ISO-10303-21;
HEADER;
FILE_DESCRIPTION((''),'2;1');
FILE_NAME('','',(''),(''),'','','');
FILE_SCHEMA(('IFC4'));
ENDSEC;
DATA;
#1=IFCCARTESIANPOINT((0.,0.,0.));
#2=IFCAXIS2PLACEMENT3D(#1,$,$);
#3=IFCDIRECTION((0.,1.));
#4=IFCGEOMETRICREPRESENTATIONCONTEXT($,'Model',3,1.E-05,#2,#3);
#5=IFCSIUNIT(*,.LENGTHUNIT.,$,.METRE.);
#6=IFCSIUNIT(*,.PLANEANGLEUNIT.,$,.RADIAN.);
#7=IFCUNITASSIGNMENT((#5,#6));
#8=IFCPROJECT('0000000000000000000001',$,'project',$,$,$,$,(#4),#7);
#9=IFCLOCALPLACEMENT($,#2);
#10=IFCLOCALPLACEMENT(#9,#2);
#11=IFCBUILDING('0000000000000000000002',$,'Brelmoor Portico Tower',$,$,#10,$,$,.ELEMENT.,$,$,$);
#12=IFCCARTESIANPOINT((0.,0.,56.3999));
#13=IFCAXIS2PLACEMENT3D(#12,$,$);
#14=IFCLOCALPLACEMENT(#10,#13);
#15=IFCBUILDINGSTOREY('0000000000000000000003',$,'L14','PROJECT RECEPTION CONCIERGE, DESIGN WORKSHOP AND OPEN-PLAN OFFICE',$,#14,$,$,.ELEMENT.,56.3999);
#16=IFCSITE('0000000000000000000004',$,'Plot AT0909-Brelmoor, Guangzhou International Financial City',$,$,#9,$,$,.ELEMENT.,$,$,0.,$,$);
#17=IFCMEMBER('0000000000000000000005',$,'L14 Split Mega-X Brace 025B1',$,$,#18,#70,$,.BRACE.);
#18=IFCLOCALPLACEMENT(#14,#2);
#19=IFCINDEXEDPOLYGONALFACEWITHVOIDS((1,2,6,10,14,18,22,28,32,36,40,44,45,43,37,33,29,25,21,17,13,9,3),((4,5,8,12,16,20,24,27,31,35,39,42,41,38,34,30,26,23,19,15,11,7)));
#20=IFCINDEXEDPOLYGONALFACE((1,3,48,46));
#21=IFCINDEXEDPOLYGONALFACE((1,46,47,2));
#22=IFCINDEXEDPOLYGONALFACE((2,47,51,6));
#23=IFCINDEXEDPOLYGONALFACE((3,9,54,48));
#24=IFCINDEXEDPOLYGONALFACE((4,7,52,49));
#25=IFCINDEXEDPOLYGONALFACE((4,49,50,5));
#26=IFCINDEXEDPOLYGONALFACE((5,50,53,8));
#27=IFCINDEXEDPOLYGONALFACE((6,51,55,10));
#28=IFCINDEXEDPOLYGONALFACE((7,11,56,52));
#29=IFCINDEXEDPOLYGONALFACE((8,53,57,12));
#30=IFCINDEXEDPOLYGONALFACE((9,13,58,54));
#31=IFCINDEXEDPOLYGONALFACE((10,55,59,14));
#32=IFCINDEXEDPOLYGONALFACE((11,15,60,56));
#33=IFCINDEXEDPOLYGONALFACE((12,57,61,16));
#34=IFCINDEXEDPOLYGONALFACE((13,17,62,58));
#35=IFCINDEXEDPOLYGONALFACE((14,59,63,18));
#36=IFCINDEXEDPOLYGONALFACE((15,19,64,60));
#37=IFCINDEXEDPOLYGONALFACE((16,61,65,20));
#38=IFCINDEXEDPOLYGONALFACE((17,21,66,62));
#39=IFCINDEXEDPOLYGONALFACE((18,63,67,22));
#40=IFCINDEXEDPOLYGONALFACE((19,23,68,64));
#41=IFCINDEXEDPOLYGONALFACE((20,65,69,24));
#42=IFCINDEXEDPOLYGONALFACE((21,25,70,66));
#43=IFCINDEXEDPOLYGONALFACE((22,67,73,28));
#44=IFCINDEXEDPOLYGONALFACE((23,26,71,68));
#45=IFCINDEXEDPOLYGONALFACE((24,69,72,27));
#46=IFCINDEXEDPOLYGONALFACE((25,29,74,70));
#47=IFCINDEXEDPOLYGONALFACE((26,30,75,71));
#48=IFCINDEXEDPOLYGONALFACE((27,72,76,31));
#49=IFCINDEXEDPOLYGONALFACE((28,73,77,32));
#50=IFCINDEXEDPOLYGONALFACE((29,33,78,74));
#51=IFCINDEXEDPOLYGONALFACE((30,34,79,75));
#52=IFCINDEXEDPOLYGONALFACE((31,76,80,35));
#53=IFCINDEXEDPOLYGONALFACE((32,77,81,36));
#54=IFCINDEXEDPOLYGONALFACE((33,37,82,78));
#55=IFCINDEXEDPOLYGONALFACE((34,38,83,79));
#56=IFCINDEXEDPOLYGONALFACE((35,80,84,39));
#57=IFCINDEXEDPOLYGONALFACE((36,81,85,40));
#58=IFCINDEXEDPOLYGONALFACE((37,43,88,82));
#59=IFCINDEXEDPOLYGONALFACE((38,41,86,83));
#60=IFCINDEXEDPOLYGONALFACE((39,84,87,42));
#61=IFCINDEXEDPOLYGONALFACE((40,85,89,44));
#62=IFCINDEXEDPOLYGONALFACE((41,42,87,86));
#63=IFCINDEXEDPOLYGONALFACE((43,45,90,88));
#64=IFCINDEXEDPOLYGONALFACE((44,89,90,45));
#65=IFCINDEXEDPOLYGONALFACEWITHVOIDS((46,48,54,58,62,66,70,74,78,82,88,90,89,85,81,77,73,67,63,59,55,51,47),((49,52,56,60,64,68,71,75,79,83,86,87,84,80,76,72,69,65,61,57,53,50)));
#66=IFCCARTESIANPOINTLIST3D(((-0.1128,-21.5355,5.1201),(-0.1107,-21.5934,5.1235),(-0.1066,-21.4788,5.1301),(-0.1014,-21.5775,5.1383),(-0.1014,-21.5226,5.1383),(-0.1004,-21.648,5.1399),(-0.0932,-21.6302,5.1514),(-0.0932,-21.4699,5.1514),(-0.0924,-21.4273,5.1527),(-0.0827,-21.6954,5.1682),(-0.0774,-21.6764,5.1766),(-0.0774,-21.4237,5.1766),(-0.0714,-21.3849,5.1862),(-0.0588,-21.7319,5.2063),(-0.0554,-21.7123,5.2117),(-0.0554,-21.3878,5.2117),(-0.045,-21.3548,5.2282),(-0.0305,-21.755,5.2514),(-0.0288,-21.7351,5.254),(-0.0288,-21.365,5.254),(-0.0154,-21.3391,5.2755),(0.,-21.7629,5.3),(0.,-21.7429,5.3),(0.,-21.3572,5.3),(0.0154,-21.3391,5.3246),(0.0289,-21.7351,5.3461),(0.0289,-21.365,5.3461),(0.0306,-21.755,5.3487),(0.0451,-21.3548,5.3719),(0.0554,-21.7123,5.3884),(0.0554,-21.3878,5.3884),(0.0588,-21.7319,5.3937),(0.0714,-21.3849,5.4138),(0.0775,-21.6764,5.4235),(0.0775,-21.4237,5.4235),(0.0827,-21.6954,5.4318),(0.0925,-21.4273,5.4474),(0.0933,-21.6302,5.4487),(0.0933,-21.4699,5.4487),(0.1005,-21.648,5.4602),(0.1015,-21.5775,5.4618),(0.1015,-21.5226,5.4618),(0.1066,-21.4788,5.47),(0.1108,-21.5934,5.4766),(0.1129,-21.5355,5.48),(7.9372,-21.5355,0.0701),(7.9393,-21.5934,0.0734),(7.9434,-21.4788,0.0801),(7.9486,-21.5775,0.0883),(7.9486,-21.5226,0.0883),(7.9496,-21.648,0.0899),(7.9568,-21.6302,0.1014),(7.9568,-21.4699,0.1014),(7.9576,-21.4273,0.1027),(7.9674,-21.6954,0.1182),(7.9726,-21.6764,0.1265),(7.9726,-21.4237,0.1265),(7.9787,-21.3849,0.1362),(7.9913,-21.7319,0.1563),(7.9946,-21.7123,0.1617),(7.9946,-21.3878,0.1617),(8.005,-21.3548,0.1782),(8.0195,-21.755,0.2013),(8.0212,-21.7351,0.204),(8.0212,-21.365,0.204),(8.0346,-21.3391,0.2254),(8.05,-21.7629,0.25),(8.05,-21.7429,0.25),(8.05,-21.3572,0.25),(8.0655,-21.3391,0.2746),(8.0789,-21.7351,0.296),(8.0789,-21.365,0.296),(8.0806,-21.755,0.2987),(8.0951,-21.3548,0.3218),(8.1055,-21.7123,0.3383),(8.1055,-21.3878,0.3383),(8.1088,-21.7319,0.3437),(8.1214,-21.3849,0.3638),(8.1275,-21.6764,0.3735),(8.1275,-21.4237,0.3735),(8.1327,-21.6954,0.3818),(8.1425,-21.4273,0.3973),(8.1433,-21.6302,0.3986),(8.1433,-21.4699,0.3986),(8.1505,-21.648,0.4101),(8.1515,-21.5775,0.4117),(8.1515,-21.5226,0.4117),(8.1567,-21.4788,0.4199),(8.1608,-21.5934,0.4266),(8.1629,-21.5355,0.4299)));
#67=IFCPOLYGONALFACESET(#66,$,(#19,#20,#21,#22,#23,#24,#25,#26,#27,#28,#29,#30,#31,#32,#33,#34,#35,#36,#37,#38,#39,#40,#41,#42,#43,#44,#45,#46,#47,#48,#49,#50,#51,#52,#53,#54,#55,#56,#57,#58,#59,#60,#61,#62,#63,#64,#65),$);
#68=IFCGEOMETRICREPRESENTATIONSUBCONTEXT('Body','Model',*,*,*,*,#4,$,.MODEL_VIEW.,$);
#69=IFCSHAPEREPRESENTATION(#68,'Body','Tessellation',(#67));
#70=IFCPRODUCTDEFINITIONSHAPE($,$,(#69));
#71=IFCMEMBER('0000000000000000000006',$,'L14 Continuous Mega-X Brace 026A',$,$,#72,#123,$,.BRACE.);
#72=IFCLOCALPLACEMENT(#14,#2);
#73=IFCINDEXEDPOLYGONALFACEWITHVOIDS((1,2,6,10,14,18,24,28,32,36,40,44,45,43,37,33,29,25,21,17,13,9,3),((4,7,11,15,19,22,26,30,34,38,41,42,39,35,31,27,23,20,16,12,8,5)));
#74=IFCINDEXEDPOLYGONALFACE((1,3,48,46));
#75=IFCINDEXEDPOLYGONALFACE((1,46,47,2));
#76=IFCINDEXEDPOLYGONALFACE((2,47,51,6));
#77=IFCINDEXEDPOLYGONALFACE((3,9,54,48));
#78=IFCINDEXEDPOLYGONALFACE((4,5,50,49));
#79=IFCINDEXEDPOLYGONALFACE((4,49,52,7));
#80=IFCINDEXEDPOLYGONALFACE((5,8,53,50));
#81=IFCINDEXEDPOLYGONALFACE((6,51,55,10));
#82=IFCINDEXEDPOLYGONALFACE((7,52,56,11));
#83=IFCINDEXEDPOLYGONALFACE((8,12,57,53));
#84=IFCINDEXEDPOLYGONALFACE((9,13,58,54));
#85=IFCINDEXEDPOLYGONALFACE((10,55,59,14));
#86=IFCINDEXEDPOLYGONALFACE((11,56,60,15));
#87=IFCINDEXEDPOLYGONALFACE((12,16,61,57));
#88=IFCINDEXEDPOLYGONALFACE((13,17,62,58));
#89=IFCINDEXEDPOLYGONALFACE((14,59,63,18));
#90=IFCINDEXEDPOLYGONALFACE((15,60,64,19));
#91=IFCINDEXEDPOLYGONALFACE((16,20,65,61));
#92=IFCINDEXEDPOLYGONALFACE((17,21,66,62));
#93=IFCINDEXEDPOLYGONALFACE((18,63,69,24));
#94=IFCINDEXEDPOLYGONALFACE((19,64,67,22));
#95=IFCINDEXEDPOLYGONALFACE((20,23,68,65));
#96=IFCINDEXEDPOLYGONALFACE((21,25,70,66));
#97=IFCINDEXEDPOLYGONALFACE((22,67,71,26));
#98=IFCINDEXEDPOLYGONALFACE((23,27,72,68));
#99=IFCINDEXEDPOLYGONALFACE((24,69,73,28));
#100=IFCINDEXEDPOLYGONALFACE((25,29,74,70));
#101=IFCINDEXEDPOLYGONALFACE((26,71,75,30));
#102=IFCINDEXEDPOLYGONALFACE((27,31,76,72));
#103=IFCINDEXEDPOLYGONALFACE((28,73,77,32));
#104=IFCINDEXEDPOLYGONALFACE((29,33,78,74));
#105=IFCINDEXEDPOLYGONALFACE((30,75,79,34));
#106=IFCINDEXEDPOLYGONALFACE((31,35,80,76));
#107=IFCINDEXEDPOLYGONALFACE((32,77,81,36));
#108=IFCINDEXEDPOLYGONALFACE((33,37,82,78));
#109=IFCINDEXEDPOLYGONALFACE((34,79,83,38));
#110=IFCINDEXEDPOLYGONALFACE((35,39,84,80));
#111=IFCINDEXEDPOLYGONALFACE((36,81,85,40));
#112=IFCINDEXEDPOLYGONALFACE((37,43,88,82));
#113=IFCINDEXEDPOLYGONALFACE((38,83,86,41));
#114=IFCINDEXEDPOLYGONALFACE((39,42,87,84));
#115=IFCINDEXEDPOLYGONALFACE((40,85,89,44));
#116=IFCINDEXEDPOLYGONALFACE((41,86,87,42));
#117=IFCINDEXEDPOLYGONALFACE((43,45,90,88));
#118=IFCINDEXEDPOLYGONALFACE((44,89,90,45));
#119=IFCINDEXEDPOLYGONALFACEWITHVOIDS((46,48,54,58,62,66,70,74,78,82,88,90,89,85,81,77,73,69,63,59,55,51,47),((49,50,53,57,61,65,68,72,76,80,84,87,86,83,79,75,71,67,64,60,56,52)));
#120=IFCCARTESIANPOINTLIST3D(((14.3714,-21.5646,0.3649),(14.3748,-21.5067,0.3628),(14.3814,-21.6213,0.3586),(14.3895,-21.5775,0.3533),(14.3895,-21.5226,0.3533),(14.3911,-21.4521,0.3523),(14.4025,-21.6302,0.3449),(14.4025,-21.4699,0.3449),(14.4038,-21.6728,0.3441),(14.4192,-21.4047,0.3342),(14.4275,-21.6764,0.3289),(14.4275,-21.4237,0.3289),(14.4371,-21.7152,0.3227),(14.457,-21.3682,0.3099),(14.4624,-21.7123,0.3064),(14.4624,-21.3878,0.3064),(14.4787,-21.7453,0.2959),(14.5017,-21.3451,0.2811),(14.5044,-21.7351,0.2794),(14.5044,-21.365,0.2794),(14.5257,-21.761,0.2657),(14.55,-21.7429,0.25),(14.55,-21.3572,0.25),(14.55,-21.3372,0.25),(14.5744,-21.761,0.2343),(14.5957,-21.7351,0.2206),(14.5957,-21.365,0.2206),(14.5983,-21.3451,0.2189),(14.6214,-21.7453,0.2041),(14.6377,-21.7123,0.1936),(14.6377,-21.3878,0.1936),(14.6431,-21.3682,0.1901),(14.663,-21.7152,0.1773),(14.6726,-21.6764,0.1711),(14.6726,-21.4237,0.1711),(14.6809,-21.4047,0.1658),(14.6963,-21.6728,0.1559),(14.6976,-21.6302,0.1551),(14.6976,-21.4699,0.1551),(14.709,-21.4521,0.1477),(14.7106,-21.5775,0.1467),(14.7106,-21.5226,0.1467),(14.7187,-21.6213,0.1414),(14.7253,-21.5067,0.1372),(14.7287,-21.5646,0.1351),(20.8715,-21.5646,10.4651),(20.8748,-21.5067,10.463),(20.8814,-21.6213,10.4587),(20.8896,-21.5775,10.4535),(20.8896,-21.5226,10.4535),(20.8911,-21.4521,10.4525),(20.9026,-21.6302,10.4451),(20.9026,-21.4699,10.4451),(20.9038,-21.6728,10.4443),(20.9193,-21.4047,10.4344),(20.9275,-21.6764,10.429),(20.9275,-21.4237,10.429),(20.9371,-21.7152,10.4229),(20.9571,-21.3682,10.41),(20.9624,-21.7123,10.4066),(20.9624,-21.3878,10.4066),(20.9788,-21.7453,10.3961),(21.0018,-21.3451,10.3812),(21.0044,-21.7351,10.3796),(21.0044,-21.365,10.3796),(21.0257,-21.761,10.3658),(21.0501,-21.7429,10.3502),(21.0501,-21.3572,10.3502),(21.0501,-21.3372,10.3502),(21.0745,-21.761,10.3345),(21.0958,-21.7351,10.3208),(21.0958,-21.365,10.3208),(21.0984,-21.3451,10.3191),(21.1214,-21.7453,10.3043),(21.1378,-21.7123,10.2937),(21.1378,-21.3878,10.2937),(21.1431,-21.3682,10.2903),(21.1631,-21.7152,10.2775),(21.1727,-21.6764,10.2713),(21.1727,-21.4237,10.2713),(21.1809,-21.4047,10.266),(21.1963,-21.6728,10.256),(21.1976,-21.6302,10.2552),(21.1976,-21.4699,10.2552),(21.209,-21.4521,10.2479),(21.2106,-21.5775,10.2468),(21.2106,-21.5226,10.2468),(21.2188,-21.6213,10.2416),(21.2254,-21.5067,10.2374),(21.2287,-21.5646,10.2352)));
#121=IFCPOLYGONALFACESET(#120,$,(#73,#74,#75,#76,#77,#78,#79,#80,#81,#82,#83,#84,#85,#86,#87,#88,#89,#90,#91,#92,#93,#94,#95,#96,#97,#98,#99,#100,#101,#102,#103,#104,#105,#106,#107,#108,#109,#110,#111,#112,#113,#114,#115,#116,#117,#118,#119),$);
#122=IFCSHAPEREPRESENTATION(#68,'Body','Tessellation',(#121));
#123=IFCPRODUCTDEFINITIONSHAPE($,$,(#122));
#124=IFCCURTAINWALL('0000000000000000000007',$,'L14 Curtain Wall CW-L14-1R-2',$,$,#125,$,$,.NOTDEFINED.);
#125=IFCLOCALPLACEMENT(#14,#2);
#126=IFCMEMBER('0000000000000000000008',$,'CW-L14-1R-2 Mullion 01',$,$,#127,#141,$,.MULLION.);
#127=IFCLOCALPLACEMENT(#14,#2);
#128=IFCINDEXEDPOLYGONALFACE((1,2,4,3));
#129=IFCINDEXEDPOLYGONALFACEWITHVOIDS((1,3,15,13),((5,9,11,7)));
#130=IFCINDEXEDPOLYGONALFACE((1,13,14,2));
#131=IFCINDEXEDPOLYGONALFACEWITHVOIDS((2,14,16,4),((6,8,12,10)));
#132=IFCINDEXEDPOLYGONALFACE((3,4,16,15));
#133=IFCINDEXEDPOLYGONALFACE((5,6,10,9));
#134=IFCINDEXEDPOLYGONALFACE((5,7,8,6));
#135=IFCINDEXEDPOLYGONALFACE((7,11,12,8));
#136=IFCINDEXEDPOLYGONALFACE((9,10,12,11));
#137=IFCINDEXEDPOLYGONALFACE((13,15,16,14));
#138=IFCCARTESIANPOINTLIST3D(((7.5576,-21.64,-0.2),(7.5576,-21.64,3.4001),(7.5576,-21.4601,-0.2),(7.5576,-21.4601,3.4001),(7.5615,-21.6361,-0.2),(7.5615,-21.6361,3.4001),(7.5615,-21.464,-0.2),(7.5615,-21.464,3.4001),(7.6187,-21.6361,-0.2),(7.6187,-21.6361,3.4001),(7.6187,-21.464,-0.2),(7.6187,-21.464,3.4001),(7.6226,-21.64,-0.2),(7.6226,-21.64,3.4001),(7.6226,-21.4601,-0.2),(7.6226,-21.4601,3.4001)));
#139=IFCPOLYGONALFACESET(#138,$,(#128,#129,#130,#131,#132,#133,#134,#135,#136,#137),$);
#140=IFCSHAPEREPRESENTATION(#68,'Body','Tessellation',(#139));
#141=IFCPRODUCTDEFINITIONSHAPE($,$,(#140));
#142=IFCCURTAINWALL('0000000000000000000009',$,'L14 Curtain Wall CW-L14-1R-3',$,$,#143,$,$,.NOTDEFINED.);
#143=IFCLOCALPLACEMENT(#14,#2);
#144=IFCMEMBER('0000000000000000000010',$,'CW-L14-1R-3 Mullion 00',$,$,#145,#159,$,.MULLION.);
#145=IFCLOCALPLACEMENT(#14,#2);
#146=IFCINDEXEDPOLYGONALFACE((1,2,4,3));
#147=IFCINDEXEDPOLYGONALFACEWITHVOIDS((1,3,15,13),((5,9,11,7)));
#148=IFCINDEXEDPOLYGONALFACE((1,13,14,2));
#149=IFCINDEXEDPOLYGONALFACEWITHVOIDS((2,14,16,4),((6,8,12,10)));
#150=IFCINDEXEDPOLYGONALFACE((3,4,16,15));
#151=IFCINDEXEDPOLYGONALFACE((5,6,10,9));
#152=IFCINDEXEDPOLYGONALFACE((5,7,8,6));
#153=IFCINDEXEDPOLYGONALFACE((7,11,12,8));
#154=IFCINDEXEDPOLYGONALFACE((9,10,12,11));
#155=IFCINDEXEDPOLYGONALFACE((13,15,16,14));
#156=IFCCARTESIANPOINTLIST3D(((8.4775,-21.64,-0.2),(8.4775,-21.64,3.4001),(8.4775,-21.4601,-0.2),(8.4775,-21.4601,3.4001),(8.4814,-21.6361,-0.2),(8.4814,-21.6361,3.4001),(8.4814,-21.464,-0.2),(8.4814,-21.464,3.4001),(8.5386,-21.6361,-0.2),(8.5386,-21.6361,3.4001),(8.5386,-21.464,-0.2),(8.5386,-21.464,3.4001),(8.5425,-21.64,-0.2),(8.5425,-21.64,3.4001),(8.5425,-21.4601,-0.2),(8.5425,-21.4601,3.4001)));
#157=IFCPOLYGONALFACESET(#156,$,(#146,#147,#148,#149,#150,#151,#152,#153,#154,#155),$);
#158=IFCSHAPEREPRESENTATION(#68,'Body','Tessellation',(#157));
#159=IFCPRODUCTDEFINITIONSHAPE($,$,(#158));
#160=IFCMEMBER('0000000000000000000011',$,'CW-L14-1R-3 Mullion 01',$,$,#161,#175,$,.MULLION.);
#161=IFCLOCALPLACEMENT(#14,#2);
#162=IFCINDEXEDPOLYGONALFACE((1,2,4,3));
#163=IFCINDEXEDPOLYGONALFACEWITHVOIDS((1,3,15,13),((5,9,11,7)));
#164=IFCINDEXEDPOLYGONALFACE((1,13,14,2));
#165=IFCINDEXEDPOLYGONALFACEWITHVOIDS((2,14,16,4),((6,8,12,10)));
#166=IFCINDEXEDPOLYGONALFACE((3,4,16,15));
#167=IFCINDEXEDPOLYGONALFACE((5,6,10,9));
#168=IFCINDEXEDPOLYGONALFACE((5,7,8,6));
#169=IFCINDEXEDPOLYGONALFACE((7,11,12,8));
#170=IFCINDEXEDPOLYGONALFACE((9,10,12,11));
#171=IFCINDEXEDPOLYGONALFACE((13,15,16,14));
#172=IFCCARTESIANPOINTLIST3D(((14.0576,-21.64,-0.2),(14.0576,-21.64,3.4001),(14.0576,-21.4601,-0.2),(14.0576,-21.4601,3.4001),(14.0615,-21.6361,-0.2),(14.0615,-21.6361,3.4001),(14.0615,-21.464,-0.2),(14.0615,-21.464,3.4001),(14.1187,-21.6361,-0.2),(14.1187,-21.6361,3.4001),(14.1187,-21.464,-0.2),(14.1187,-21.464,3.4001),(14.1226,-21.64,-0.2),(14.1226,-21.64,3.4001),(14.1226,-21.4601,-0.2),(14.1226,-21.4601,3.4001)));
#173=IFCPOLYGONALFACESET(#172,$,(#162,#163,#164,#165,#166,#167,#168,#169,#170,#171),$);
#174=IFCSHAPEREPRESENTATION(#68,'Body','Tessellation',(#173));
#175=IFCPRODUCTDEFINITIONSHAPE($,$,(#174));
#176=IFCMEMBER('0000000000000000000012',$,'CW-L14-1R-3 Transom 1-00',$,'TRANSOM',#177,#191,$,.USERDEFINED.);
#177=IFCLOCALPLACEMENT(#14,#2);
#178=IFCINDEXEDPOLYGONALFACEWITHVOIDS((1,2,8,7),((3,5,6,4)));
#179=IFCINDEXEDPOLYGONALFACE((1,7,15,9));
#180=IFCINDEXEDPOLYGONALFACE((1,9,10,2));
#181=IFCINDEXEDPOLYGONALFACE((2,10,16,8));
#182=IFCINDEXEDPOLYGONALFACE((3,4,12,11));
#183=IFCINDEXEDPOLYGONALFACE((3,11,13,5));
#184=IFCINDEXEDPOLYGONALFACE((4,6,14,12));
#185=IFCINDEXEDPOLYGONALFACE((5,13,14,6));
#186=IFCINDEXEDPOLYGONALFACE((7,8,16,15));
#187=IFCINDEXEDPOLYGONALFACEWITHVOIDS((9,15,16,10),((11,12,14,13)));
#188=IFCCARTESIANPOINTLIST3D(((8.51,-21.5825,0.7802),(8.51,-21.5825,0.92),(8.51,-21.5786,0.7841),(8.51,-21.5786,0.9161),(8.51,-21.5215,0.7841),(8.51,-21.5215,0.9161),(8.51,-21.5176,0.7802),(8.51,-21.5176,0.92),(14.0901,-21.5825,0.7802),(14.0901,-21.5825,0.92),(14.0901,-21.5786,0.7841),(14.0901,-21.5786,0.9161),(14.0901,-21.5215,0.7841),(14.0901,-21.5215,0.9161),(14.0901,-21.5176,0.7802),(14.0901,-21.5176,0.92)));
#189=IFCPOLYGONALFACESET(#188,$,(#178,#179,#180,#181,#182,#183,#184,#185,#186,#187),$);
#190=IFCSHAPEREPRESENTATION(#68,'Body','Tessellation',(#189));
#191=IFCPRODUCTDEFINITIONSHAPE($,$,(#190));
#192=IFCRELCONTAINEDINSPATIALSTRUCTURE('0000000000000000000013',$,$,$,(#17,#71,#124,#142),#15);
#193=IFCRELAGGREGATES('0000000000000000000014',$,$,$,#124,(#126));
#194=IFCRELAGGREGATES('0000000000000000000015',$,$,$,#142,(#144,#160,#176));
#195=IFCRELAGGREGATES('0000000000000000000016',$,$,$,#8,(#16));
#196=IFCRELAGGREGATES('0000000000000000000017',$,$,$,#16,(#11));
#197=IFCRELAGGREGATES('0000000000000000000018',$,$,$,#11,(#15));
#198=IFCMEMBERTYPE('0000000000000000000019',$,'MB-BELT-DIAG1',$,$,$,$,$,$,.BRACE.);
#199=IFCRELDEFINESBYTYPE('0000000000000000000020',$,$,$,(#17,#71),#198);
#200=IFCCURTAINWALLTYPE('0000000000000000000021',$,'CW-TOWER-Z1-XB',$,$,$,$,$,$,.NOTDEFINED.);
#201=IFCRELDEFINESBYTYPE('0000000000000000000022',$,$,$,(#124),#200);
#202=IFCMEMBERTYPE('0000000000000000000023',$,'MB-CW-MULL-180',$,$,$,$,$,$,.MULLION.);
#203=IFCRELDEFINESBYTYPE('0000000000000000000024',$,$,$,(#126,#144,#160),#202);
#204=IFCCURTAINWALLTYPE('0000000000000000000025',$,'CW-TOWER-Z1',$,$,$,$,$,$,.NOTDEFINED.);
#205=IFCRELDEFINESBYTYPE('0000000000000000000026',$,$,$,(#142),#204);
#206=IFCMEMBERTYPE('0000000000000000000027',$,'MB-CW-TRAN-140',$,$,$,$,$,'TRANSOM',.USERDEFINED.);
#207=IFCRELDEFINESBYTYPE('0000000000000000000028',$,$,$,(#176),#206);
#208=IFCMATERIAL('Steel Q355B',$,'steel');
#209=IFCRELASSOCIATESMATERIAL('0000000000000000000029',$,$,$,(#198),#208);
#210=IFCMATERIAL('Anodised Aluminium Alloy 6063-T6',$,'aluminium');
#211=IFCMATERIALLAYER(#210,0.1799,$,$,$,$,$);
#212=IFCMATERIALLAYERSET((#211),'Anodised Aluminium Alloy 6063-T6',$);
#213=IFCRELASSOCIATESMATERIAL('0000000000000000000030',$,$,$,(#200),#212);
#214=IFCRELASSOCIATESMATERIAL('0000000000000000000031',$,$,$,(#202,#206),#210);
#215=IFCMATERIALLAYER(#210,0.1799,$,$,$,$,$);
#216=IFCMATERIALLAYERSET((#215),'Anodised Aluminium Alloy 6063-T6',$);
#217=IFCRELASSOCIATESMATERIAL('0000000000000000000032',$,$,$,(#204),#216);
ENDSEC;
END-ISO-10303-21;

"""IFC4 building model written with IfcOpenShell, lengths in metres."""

from ifc_helpers import new_model, si_unit, direction, frame, origin, origin_2d, place, context, subcontext, project, spatial, hollow_rectangle, hollow_circle, extrude, material, layer, layer_set, material_profile, profile_set, type_object, element, aggregate, save


model = new_model("IFC4")

# Units and contexts
model_context = context("Model", 3, precision=1e-05, world=origin(), true_north=direction((0.0, 1.0)))
body_context = subcontext(model_context, "Body", "Model", "MODEL_VIEW")
ifc_project = project(units=[si_unit("LENGTHUNIT", "METRE"), si_unit("PLANEANGLEUNIT", "RADIAN")], contexts=[model_context])

# Site, building, storey
site_placement = place(None, origin())
site = spatial("IfcSite", under=ifc_project, at=site_placement, Name="Plot AT0909-Brelmoor, Guangzhou International Financial City", CompositionType="ELEMENT", RefElevation=0.0)
building_placement = place(site_placement, origin())
building = spatial("IfcBuilding", under=site, at=building_placement, Name="Brelmoor Portico Tower", CompositionType="ELEMENT")
storey_placement = place(building_placement, frame((0.0, 0.0, 56.3999)))
storey = spatial("IfcBuildingStorey", under=building, at=storey_placement, Name="L14", Description="PROJECT RECEPTION CONCIERGE, DESIGN WORKSHOP AND OPEN-PLAN OFFICE", CompositionType="ELEMENT", Elevation=56.3999)

# Shared definitions
ifc_material_1 = material(Name="Steel Q355B", Category="steel")

# Members
ifc_material_profile_1 = material_profile(ifc_material_1, hollow_circle(Radius=0.2129, WallThickness=0.02, at=origin_2d()), Name="CHS 426x20")
ifc_profile_set_1 = profile_set([ifc_material_profile_1], Name="Steel Q355B")
member_type_1 = type_object("IfcMemberType", Name="MB-BELT-DIAG1", PredefinedType="BRACE", material=ifc_profile_set_1)
member_1_placement = place(storey_placement, frame((8.05, -21.55, 0.25), z_axis=(-0.847109, 0.0, 0.531418), x_axis=(0.0, -1.0, 0.0)))
element("IfcMember", 1, at=member_1_placement, inside=storey, type_object=member_type_1, Name="L14 Split Mega-X Brace 025B1", PredefinedType="BRACE", context=body_context, shape_type="SweptSolid", body=[
    extrude(hollow_circle(Radius=0.2129, WallThickness=0.02, at=origin_2d()), origin(), (0.0, 0.0, 1.0), 9.5029),
])
member_2_placement = place(storey_placement, frame((14.55, -21.55, 0.25), z_axis=(0.541175, 0.0, 0.84091), x_axis=(0.0, 1.0, 0.0)))
element("IfcMember", 2, at=member_2_placement, inside=storey, type_object=member_type_1, Name="L14 Continuous Mega-X Brace 026A", PredefinedType="BRACE", context=body_context, shape_type="SweptSolid", body=[
    extrude(hollow_circle(Radius=0.2129, WallThickness=0.02, at=origin_2d()), origin(), (0.0, 0.0, 1.0), 12.011),
])

# Curtain wall, member
ifc_material_2 = material(Name="Anodised Aluminium Alloy 6063-T6", Category="aluminium")
ifc_layer_1 = layer(ifc_material_2, 0.1799)
ifc_layer_set_1 = layer_set([ifc_layer_1], Name="Anodised Aluminium Alloy 6063-T6")
curtain_wall_type_1 = type_object("IfcCurtainWallType", Name="CW-TOWER-Z1-XB", PredefinedType="NOTDEFINED", material=ifc_layer_set_1)
curtain_wall_1_placement = place(storey_placement, origin())
curtain_wall_1 = element("IfcCurtainWall", 3, at=curtain_wall_1_placement, inside=storey, type_object=curtain_wall_type_1, Name="L14 Curtain Wall CW-L14-1R-2", PredefinedType="NOTDEFINED")
ifc_material_profile_2 = material_profile(ifc_material_2, hollow_rectangle(XDim=0.0649, YDim=0.1799, WallThickness=0.0039, at=origin_2d()), Name="ALU MULLION 65x180")
ifc_profile_set_2 = profile_set([ifc_material_profile_2], Name="Anodised Aluminium Alloy 6063-T6")
member_type_2 = type_object("IfcMemberType", Name="MB-CW-MULL-180", PredefinedType="MULLION", material=ifc_profile_set_2)
member_3_placement = place(storey_placement, frame((7.5901, -21.55, -0.2), z_axis=(0.0, 0.0, 1.0), x_axis=(1.0, 0.0, 0.0)))
member_3 = element("IfcMember", 4, at=member_3_placement, type_object=member_type_2, Name="CW-L14-1R-2 Mullion 01", PredefinedType="MULLION", context=body_context, shape_type="SweptSolid", body=[
    extrude(hollow_rectangle(XDim=0.0649, YDim=0.1799, WallThickness=0.0039, at=origin_2d()), origin(), (0.0, 0.0, 1.0), 3.6001),
])

# Curtain wall, members
ifc_layer_2 = layer(ifc_material_2, 0.1799)
ifc_layer_set_2 = layer_set([ifc_layer_2], Name="Anodised Aluminium Alloy 6063-T6")
curtain_wall_type_2 = type_object("IfcCurtainWallType", Name="CW-TOWER-Z1", PredefinedType="NOTDEFINED", material=ifc_layer_set_2)
curtain_wall_2_placement = place(storey_placement, origin())
curtain_wall_2 = element("IfcCurtainWall", 5, at=curtain_wall_2_placement, inside=storey, type_object=curtain_wall_type_2, Name="L14 Curtain Wall CW-L14-1R-3", PredefinedType="NOTDEFINED")
member_4_placement = place(storey_placement, frame((8.51, -21.55, -0.2), z_axis=(0.0, 0.0, 1.0), x_axis=(1.0, 0.0, 0.0)))
member_4 = element("IfcMember", 6, at=member_4_placement, type_object=member_type_2, Name="CW-L14-1R-3 Mullion 00", PredefinedType="MULLION", context=body_context, shape_type="SweptSolid", body=[
    extrude(hollow_rectangle(XDim=0.0649, YDim=0.1799, WallThickness=0.0039, at=origin_2d()), origin(), (0.0, 0.0, 1.0), 3.6001),
])
member_5_placement = place(storey_placement, frame((14.0901, -21.55, -0.2), z_axis=(0.0, 0.0, 1.0), x_axis=(1.0, 0.0, 0.0)))
member_5 = element("IfcMember", 7, at=member_5_placement, type_object=member_type_2, Name="CW-L14-1R-3 Mullion 01", PredefinedType="MULLION", context=body_context, shape_type="SweptSolid", body=[
    extrude(hollow_rectangle(XDim=0.0649, YDim=0.1799, WallThickness=0.0039, at=origin_2d()), origin(), (0.0, 0.0, 1.0), 3.6001),
])
ifc_material_profile_3 = material_profile(ifc_material_2, hollow_rectangle(XDim=0.0649, YDim=0.1399, WallThickness=0.0039, at=origin_2d()), Name="ALU TRANSOM 65x140")
ifc_profile_set_3 = profile_set([ifc_material_profile_3], Name="Anodised Aluminium Alloy 6063-T6")
member_type_3 = type_object("IfcMemberType", Name="MB-CW-TRAN-140", ElementType="TRANSOM", PredefinedType="USERDEFINED", material=ifc_profile_set_3)
member_6_placement = place(storey_placement, frame((8.51, -21.55, 0.8501), z_axis=(1.0, 0.0, 0.0), x_axis=(0.0, 1.0, 0.0)))
member_6 = element("IfcMember", 8, at=member_6_placement, type_object=member_type_3, Name="CW-L14-1R-3 Transom 1-00", ObjectType="TRANSOM", PredefinedType="USERDEFINED", context=body_context, shape_type="SweptSolid", body=[
    extrude(hollow_rectangle(XDim=0.0649, YDim=0.1399, WallThickness=0.0039, at=origin_2d()), origin(), (0.0, 0.0, 1.0), 5.5801),
])

aggregate(curtain_wall_1, [member_3])
aggregate(curtain_wall_2, [member_4, member_5, member_6])

save(model, "model.ifc")
